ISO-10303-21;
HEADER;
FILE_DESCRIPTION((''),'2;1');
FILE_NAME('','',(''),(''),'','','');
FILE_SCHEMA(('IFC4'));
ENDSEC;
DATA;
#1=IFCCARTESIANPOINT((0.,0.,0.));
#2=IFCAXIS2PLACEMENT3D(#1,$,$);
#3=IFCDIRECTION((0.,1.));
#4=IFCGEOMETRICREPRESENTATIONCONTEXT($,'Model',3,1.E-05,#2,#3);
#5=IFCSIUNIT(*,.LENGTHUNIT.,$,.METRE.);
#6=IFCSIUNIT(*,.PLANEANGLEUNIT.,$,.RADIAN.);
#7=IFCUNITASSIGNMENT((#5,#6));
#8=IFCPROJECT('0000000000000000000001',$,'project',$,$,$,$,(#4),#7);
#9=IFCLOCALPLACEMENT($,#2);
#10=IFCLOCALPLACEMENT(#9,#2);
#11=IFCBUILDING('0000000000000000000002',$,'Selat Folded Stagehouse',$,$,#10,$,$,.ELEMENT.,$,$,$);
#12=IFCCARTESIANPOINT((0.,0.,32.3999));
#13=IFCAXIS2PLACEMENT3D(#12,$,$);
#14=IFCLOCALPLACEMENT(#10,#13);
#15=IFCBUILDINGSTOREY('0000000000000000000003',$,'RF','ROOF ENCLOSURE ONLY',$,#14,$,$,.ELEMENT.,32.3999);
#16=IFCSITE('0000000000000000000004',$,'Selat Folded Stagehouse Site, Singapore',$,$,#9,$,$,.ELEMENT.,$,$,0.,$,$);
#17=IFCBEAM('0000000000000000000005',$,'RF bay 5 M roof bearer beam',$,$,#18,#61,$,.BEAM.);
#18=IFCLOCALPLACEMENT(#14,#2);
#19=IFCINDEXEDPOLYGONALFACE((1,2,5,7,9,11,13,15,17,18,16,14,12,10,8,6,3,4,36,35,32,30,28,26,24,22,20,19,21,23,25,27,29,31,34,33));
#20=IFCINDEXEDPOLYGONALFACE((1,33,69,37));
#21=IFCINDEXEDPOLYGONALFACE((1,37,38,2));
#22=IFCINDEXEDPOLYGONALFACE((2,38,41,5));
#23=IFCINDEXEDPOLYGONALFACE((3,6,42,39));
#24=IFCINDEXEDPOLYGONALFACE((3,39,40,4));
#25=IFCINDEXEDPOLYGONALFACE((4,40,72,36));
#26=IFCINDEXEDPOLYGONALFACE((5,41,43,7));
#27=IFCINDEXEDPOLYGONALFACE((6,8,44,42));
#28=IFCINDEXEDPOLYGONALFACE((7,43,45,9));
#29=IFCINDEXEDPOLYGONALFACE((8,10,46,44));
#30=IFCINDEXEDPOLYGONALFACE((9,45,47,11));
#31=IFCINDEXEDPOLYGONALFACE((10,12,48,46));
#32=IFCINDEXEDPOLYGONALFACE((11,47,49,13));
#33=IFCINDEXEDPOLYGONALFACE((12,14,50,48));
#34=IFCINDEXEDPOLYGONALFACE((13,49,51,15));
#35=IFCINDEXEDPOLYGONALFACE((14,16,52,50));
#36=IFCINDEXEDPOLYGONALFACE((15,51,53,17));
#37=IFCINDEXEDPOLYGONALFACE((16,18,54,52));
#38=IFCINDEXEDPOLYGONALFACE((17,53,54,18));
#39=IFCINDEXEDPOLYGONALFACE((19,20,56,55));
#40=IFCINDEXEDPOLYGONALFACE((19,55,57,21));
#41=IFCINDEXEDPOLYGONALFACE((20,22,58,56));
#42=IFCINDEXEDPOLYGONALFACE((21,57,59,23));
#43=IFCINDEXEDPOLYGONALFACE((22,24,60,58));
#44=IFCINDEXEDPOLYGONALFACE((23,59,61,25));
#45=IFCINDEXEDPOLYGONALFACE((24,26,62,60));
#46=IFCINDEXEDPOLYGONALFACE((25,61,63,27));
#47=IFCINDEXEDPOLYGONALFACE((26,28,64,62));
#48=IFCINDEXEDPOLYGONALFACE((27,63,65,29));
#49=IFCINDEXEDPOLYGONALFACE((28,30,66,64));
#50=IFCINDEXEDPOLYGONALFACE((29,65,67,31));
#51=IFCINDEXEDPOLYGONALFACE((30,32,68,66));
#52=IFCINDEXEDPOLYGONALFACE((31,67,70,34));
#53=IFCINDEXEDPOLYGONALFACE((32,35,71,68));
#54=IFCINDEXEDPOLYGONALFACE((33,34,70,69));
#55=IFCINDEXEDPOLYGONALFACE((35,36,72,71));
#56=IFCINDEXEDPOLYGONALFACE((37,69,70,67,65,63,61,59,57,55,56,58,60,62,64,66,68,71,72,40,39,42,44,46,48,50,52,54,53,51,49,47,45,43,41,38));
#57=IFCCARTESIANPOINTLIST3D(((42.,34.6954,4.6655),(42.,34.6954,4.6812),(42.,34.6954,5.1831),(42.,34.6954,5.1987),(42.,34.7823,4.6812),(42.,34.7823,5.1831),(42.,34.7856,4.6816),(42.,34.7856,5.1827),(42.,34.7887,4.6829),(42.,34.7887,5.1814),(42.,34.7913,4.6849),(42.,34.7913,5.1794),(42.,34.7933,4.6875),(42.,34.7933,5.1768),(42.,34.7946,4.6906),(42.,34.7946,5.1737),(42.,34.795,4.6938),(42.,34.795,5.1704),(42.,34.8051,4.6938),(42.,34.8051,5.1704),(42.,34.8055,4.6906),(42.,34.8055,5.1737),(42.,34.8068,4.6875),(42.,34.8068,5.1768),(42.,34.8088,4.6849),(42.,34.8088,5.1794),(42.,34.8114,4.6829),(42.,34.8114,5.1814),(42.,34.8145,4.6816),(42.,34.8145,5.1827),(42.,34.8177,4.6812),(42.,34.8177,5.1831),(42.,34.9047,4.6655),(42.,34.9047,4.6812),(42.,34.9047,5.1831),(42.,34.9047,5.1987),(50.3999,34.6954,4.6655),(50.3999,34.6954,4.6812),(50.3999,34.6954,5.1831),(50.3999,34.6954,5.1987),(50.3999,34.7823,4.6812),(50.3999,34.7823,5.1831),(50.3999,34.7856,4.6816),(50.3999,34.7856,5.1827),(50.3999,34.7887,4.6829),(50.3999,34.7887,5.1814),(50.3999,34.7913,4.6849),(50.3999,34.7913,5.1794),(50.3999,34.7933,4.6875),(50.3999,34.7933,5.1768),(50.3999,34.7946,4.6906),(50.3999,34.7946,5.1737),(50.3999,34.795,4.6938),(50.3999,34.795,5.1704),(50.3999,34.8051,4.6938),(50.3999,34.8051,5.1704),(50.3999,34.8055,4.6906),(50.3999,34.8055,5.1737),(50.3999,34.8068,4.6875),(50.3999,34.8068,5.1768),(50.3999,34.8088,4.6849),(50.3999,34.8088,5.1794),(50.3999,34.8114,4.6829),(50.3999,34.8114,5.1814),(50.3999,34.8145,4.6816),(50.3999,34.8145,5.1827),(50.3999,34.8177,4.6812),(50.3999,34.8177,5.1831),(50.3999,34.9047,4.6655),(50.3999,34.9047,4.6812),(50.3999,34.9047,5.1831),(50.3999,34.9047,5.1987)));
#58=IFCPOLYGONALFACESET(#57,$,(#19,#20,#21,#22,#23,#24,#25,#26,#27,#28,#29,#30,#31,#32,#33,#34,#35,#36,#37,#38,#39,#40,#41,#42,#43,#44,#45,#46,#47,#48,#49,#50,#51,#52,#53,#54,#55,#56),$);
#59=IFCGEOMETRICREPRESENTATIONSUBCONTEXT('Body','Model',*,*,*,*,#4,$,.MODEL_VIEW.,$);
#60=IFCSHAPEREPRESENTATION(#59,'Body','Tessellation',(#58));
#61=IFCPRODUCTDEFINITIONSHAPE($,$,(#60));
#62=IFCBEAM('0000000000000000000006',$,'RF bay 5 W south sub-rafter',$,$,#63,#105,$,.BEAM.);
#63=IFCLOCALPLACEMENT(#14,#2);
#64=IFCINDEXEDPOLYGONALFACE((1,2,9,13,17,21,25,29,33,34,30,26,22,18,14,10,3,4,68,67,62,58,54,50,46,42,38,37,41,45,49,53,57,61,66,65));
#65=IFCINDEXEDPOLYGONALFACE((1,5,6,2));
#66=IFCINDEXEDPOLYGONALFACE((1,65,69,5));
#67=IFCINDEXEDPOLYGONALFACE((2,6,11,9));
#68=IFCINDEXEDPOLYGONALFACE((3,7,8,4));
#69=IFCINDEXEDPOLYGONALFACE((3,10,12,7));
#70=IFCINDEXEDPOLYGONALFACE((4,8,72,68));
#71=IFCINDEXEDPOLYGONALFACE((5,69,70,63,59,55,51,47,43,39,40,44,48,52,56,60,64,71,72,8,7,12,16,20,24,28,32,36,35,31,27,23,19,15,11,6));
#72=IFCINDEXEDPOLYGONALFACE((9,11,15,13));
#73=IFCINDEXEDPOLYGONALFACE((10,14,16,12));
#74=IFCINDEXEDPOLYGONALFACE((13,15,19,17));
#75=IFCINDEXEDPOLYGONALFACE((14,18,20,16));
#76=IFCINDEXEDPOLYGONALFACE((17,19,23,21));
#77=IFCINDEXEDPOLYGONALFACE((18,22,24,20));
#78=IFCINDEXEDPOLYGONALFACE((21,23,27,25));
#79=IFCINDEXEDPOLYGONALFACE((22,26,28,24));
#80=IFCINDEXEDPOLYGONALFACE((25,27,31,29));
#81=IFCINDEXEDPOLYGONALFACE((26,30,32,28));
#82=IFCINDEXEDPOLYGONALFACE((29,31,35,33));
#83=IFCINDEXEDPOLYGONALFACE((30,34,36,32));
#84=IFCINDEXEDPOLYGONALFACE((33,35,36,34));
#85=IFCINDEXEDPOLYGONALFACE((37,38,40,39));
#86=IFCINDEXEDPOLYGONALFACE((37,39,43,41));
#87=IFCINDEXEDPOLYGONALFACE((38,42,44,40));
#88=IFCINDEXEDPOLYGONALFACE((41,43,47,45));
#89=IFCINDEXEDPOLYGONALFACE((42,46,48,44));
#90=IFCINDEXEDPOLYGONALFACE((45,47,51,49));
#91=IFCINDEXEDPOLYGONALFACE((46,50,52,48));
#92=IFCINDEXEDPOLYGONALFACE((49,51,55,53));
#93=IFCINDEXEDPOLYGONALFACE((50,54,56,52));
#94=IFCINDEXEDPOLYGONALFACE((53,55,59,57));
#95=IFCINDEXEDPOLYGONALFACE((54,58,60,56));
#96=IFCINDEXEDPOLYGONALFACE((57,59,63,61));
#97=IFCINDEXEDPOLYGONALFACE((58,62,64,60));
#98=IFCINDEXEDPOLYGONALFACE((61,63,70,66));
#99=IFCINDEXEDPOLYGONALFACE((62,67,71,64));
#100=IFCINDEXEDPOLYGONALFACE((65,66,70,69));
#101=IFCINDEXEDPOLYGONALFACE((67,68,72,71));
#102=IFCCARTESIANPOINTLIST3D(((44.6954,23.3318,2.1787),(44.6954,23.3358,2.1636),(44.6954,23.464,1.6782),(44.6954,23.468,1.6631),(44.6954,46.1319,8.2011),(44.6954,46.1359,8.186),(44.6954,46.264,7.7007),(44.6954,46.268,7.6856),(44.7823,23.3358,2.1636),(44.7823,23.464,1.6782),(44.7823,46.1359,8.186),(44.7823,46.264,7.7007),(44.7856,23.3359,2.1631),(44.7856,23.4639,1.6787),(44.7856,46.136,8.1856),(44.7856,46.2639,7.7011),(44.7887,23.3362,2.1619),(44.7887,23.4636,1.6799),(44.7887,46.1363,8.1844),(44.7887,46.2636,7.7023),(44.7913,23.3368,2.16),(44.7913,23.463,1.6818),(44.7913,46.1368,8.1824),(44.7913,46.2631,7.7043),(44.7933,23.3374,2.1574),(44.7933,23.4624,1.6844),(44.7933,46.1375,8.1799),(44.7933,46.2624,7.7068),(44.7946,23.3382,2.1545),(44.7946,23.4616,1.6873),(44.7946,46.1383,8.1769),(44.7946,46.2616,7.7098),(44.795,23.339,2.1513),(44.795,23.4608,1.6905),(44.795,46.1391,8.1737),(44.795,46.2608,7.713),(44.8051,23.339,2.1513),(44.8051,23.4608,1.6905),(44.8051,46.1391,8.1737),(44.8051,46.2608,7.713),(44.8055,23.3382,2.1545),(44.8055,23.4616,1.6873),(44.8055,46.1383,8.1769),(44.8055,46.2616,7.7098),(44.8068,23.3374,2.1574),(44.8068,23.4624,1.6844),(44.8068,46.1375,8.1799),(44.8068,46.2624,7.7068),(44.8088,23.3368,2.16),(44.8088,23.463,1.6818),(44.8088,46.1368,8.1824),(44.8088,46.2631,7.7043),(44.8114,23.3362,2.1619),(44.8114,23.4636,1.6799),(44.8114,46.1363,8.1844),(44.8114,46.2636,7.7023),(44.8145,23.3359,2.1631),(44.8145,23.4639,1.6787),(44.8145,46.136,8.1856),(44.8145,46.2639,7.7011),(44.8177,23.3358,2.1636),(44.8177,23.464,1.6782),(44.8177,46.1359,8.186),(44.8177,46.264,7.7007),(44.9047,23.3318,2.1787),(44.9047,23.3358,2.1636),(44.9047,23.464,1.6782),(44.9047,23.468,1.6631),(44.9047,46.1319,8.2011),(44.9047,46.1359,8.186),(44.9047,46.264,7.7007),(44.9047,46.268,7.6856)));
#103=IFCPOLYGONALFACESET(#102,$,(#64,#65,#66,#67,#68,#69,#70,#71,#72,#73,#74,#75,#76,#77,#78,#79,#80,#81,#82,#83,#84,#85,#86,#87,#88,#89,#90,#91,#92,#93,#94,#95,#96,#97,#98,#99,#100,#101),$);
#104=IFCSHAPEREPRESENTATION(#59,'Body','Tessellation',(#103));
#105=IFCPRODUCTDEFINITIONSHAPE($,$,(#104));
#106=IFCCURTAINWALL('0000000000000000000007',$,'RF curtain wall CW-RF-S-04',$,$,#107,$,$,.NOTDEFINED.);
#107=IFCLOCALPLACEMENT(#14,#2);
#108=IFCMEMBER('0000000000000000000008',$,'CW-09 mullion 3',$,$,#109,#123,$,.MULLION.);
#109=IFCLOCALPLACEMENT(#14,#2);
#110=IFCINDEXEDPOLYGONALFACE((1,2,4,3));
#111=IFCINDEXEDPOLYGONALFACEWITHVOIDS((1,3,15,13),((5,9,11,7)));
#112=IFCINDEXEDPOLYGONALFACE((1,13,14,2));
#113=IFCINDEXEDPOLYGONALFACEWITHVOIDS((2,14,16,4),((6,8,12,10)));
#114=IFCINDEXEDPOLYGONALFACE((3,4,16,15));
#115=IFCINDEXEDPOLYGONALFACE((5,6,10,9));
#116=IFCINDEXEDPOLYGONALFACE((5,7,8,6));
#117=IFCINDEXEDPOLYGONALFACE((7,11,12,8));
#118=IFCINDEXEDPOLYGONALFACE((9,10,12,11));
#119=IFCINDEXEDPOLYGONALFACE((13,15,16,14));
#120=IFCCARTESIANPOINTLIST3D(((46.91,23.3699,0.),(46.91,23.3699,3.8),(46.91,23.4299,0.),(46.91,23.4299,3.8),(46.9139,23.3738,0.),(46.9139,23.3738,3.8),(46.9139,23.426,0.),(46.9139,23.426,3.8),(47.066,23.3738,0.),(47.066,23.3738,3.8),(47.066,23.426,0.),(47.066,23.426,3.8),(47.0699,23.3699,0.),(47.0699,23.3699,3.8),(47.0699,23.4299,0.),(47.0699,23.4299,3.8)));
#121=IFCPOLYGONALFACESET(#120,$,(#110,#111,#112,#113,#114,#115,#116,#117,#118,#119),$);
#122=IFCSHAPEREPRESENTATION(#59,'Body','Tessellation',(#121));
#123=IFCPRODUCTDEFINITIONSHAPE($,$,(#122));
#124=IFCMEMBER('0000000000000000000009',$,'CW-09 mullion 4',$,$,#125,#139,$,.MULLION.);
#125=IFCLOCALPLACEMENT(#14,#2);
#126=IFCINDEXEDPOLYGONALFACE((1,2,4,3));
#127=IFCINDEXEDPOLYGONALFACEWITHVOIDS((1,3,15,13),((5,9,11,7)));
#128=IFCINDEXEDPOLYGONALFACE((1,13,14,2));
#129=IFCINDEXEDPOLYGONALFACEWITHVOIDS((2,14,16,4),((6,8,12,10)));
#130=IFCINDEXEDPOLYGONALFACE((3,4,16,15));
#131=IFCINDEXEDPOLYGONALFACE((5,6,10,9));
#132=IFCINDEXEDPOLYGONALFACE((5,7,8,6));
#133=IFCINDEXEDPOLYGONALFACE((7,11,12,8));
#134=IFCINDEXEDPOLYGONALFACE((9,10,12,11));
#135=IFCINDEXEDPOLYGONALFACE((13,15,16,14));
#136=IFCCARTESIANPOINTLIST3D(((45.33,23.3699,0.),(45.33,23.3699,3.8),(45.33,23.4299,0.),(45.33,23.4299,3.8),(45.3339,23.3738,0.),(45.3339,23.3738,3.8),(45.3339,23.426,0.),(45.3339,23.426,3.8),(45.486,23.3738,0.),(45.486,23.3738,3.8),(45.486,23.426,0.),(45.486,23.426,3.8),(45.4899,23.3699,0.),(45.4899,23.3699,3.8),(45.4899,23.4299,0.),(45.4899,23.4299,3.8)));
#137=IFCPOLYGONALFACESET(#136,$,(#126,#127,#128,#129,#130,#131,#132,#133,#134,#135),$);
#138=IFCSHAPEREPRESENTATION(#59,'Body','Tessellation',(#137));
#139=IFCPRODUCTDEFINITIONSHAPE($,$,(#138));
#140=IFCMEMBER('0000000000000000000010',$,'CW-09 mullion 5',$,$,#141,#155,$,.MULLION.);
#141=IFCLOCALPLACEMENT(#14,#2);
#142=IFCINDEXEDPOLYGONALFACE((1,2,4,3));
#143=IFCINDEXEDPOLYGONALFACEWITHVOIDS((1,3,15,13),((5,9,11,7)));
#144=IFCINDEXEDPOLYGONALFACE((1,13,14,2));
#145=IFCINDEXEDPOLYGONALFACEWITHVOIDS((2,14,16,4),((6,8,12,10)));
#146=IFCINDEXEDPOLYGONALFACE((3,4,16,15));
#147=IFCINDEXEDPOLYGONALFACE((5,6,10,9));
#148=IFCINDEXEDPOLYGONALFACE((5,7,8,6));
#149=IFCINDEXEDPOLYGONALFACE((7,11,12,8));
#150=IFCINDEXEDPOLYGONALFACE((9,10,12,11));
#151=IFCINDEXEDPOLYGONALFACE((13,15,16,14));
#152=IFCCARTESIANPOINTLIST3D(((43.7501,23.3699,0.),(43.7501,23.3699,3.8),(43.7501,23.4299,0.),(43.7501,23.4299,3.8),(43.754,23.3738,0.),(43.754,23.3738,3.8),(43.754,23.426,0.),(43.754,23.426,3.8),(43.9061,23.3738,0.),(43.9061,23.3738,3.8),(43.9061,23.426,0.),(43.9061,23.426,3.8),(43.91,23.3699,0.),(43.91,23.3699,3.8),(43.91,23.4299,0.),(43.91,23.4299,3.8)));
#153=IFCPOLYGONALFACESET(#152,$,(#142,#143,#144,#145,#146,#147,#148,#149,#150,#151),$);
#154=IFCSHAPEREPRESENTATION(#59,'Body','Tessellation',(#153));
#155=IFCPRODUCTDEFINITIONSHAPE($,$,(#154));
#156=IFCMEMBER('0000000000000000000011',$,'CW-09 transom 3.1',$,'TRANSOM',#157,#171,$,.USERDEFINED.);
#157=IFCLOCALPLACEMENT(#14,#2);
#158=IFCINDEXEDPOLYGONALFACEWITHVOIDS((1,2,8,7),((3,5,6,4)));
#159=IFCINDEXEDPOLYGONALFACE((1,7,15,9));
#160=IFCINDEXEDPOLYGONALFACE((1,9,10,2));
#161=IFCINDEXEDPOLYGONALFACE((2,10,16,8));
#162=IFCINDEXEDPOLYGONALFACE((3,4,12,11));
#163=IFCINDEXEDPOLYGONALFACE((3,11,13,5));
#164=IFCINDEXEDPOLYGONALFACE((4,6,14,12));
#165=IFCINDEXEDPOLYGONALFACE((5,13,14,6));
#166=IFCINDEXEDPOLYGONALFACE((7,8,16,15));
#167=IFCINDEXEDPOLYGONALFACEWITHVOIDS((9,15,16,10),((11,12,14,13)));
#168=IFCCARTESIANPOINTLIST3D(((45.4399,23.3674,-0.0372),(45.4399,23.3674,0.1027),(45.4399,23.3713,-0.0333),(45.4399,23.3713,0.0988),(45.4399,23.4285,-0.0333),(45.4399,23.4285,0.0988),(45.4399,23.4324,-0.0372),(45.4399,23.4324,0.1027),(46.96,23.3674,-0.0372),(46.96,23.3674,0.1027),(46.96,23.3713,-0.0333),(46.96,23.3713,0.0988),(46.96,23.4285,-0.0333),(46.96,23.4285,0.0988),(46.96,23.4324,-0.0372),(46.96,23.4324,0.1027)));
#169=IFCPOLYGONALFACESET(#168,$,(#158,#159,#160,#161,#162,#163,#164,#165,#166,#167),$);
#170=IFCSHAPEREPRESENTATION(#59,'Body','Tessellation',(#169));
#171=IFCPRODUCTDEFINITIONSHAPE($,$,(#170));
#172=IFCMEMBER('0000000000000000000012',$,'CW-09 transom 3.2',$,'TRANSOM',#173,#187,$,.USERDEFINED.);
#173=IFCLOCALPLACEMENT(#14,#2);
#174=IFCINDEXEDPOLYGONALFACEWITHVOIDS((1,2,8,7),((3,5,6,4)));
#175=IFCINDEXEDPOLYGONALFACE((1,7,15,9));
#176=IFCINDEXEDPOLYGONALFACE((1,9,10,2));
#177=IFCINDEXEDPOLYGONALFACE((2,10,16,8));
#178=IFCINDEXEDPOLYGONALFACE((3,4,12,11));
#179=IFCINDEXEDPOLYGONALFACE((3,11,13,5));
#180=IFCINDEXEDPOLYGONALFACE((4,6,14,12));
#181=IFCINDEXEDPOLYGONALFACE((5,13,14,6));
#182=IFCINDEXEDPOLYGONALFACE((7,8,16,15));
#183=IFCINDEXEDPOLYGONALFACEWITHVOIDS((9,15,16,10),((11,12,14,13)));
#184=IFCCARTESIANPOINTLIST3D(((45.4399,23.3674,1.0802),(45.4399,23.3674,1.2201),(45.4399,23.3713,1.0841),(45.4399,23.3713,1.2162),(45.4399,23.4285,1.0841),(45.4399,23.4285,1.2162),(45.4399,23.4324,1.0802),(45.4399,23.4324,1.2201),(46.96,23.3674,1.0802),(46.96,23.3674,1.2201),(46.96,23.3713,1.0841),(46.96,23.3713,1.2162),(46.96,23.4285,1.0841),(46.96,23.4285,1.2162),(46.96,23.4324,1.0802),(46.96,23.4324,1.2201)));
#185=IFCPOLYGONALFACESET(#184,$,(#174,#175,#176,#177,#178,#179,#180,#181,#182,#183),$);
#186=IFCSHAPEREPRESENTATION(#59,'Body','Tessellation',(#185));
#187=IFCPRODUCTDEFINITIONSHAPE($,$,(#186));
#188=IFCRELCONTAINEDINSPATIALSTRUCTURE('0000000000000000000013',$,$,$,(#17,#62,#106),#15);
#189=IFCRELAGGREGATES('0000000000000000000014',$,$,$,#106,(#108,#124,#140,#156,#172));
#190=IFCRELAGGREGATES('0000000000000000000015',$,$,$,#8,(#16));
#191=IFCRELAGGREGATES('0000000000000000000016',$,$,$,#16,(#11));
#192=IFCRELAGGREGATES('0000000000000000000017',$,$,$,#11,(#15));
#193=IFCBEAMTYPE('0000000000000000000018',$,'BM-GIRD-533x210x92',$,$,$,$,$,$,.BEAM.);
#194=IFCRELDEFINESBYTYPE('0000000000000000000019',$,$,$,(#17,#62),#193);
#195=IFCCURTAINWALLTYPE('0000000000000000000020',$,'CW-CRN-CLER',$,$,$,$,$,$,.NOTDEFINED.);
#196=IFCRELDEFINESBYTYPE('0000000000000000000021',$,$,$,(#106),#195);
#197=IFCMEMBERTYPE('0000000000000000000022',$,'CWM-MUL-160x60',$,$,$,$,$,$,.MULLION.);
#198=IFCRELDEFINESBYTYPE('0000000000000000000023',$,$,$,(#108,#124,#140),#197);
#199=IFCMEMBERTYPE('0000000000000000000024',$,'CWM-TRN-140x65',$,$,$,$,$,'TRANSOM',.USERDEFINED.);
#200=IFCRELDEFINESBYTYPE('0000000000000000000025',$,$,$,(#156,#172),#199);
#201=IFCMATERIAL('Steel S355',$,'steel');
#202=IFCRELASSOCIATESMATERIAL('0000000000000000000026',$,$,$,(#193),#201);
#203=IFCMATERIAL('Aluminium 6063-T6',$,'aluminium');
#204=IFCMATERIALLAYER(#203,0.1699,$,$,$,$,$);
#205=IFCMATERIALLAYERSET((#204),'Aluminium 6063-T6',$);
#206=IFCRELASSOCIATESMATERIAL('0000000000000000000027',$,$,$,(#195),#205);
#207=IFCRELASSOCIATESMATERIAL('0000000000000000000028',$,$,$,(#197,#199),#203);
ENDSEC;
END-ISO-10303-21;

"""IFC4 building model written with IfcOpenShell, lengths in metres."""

from ifc_helpers import new_model, si_unit, direction, frame, origin, origin_2d, place, context, subcontext, project, spatial, hollow_rectangle, i_section, extrude, material, layer, layer_set, material_profile, profile_set, type_object, element, aggregate, save


model = new_model("IFC4")

# Units and contexts
model_context = context("Model", 3, precision=1e-05, world=origin(), true_north=direction((0.0, 1.0)))
body_context = subcontext(model_context, "Body", "Model", "MODEL_VIEW")
ifc_project = project(units=[si_unit("LENGTHUNIT", "METRE"), si_unit("PLANEANGLEUNIT", "RADIAN")], contexts=[model_context])

# Site, building, storey
site_placement = place(None, origin())
site = spatial("IfcSite", under=ifc_project, at=site_placement, Name="Selat Folded Stagehouse Site, Singapore", CompositionType="ELEMENT", RefElevation=0.0)
building_placement = place(site_placement, origin())
building = spatial("IfcBuilding", under=site, at=building_placement, Name="Selat Folded Stagehouse", CompositionType="ELEMENT")
storey_placement = place(building_placement, frame((0.0, 0.0, 32.3999)))
storey = spatial("IfcBuildingStorey", under=building, at=storey_placement, Name="RF", Description="ROOF ENCLOSURE ONLY", CompositionType="ELEMENT", Elevation=32.3999)

# Beams
ifc_material_1 = material(Name="Steel S355", Category="steel")
ifc_material_profile_1 = material_profile(ifc_material_1, i_section(OverallWidth=0.2092, OverallDepth=0.5332, WebThickness=0.01, FlangeThickness=0.0156, FilletRadius=0.0127, at=origin_2d()), Name="UKB 533x210x92")
ifc_profile_set_1 = profile_set([ifc_material_profile_1], Name="Steel S355")
beam_type = type_object("IfcBeamType", Name="BM-GIRD-533x210x92", PredefinedType="BEAM", material=ifc_profile_set_1)
beam_1_placement = place(storey_placement, frame((42.0, 34.8, 4.9321), z_axis=(1.0, 0.0, 0.0), x_axis=(0.0, 1.0, 0.0)))
element("IfcBeam", 1, at=beam_1_placement, inside=storey, type_object=beam_type, Name="RF bay 5 M roof bearer beam", PredefinedType="BEAM", context=body_context, shape_type="SweptSolid", body=[
    extrude(i_section(OverallWidth=0.2092, OverallDepth=0.5332, WebThickness=0.01, FlangeThickness=0.0156, FilletRadius=0.0127, at=origin_2d()), origin(), (0.0, 0.0, 1.0), 8.3999),
])
beam_2_placement = place(storey_placement, frame((44.8, 23.3999, 1.9209), z_axis=(0.0, 0.96684, 0.255383), x_axis=(-1.0, 0.0, 0.0)))
element("IfcBeam", 2, at=beam_2_placement, inside=storey, type_object=beam_type, Name="RF bay 5 W south sub-rafter", PredefinedType="BEAM", context=body_context, shape_type="SweptSolid", body=[
    extrude(i_section(OverallWidth=0.2092, OverallDepth=0.5332, WebThickness=0.01, FlangeThickness=0.0156, FilletRadius=0.0127, at=origin_2d()), origin(), (0.0, 0.0, 1.0), 23.582),
])

# Curtain wall, members
ifc_material_2 = material(Name="Aluminium 6063-T6", Category="aluminium")
ifc_layer_1 = layer(ifc_material_2, 0.1699)
ifc_layer_set_1 = layer_set([ifc_layer_1], Name="Aluminium 6063-T6")
curtain_wall_type = type_object("IfcCurtainWallType", Name="CW-CRN-CLER", PredefinedType="NOTDEFINED", material=ifc_layer_set_1)
curtain_wall_placement = place(storey_placement, origin())
curtain_wall = element("IfcCurtainWall", 3, at=curtain_wall_placement, inside=storey, type_object=curtain_wall_type, Name="RF curtain wall CW-RF-S-04", PredefinedType="NOTDEFINED")
ifc_material_profile_2 = material_profile(ifc_material_2, hollow_rectangle(XDim=0.0601, YDim=0.1599, WallThickness=0.0039, at=origin_2d()), Name="ALU 160x60x4.0")
ifc_profile_set_2 = profile_set([ifc_material_profile_2], Name="Aluminium 6063-T6")
member_type_1 = type_object("IfcMemberType", Name="CWM-MUL-160x60", PredefinedType="MULLION", material=ifc_profile_set_2)
member_1_placement = place(storey_placement, frame((46.99, 23.3999, 0.0), z_axis=(0.0, 0.0, 1.0), x_axis=(0.0, -1.0, 0.0)))
member_1 = element("IfcMember", 4, at=member_1_placement, type_object=member_type_1, Name="CW-09 mullion 3", PredefinedType="MULLION", context=body_context, shape_type="SweptSolid", body=[
    extrude(hollow_rectangle(XDim=0.0601, YDim=0.1599, WallThickness=0.0039, at=origin_2d()), origin(), (0.0, 0.0, 1.0), 3.8),
])
member_2_placement = place(storey_placement, frame((45.4099, 23.3999, 0.0), z_axis=(0.0, 0.0, 1.0), x_axis=(0.0, -1.0, 0.0)))
member_2 = element("IfcMember", 5, at=member_2_placement, type_object=member_type_1, Name="CW-09 mullion 4", PredefinedType="MULLION", context=body_context, shape_type="SweptSolid", body=[
    extrude(hollow_rectangle(XDim=0.0601, YDim=0.1599, WallThickness=0.0039, at=origin_2d()), origin(), (0.0, 0.0, 1.0), 3.8),
])
member_3_placement = place(storey_placement, frame((43.8301, 23.3999, 0.0), z_axis=(0.0, 0.0, 1.0), x_axis=(0.0, -1.0, 0.0)))
member_3 = element("IfcMember", 6, at=member_3_placement, type_object=member_type_1, Name="CW-09 mullion 5", PredefinedType="MULLION", context=body_context, shape_type="SweptSolid", body=[
    extrude(hollow_rectangle(XDim=0.0601, YDim=0.1599, WallThickness=0.0039, at=origin_2d()), origin(), (0.0, 0.0, 1.0), 3.8),
])
ifc_material_profile_3 = material_profile(ifc_material_2, hollow_rectangle(XDim=0.0649, YDim=0.1399, WallThickness=0.0039, at=origin_2d()), Name="ALU 140x65x4.0")
ifc_profile_set_3 = profile_set([ifc_material_profile_3], Name="Aluminium 6063-T6")
member_type_2 = type_object("IfcMemberType", Name="CWM-TRN-140x65", ElementType="TRANSOM", PredefinedType="USERDEFINED", material=ifc_profile_set_3)
member_4_placement = place(storey_placement, frame((46.96, 23.3999, 0.0327), z_axis=(-1.0, 0.0, 0.0), x_axis=(0.0, -1.0, 0.0)))
member_4 = element("IfcMember", 7, at=member_4_placement, type_object=member_type_2, Name="CW-09 transom 3.1", ObjectType="TRANSOM", PredefinedType="USERDEFINED", context=body_context, shape_type="SweptSolid", body=[
    extrude(hollow_rectangle(XDim=0.0649, YDim=0.1399, WallThickness=0.0039, at=origin_2d()), origin(), (0.0, 0.0, 1.0), 1.52),
])
member_5_placement = place(storey_placement, frame((46.96, 23.3999, 1.1501), z_axis=(-1.0, 0.0, 0.0), x_axis=(0.0, -1.0, 0.0)))
member_5 = element("IfcMember", 8, at=member_5_placement, type_object=member_type_2, Name="CW-09 transom 3.2", ObjectType="TRANSOM", PredefinedType="USERDEFINED", context=body_context, shape_type="SweptSolid", body=[
    extrude(hollow_rectangle(XDim=0.0649, YDim=0.1399, WallThickness=0.0039, at=origin_2d()), origin(), (0.0, 0.0, 1.0), 1.52),
])

aggregate(curtain_wall, [member_1, member_2, member_3, member_4, member_5])

save(model, "model.ifc")
